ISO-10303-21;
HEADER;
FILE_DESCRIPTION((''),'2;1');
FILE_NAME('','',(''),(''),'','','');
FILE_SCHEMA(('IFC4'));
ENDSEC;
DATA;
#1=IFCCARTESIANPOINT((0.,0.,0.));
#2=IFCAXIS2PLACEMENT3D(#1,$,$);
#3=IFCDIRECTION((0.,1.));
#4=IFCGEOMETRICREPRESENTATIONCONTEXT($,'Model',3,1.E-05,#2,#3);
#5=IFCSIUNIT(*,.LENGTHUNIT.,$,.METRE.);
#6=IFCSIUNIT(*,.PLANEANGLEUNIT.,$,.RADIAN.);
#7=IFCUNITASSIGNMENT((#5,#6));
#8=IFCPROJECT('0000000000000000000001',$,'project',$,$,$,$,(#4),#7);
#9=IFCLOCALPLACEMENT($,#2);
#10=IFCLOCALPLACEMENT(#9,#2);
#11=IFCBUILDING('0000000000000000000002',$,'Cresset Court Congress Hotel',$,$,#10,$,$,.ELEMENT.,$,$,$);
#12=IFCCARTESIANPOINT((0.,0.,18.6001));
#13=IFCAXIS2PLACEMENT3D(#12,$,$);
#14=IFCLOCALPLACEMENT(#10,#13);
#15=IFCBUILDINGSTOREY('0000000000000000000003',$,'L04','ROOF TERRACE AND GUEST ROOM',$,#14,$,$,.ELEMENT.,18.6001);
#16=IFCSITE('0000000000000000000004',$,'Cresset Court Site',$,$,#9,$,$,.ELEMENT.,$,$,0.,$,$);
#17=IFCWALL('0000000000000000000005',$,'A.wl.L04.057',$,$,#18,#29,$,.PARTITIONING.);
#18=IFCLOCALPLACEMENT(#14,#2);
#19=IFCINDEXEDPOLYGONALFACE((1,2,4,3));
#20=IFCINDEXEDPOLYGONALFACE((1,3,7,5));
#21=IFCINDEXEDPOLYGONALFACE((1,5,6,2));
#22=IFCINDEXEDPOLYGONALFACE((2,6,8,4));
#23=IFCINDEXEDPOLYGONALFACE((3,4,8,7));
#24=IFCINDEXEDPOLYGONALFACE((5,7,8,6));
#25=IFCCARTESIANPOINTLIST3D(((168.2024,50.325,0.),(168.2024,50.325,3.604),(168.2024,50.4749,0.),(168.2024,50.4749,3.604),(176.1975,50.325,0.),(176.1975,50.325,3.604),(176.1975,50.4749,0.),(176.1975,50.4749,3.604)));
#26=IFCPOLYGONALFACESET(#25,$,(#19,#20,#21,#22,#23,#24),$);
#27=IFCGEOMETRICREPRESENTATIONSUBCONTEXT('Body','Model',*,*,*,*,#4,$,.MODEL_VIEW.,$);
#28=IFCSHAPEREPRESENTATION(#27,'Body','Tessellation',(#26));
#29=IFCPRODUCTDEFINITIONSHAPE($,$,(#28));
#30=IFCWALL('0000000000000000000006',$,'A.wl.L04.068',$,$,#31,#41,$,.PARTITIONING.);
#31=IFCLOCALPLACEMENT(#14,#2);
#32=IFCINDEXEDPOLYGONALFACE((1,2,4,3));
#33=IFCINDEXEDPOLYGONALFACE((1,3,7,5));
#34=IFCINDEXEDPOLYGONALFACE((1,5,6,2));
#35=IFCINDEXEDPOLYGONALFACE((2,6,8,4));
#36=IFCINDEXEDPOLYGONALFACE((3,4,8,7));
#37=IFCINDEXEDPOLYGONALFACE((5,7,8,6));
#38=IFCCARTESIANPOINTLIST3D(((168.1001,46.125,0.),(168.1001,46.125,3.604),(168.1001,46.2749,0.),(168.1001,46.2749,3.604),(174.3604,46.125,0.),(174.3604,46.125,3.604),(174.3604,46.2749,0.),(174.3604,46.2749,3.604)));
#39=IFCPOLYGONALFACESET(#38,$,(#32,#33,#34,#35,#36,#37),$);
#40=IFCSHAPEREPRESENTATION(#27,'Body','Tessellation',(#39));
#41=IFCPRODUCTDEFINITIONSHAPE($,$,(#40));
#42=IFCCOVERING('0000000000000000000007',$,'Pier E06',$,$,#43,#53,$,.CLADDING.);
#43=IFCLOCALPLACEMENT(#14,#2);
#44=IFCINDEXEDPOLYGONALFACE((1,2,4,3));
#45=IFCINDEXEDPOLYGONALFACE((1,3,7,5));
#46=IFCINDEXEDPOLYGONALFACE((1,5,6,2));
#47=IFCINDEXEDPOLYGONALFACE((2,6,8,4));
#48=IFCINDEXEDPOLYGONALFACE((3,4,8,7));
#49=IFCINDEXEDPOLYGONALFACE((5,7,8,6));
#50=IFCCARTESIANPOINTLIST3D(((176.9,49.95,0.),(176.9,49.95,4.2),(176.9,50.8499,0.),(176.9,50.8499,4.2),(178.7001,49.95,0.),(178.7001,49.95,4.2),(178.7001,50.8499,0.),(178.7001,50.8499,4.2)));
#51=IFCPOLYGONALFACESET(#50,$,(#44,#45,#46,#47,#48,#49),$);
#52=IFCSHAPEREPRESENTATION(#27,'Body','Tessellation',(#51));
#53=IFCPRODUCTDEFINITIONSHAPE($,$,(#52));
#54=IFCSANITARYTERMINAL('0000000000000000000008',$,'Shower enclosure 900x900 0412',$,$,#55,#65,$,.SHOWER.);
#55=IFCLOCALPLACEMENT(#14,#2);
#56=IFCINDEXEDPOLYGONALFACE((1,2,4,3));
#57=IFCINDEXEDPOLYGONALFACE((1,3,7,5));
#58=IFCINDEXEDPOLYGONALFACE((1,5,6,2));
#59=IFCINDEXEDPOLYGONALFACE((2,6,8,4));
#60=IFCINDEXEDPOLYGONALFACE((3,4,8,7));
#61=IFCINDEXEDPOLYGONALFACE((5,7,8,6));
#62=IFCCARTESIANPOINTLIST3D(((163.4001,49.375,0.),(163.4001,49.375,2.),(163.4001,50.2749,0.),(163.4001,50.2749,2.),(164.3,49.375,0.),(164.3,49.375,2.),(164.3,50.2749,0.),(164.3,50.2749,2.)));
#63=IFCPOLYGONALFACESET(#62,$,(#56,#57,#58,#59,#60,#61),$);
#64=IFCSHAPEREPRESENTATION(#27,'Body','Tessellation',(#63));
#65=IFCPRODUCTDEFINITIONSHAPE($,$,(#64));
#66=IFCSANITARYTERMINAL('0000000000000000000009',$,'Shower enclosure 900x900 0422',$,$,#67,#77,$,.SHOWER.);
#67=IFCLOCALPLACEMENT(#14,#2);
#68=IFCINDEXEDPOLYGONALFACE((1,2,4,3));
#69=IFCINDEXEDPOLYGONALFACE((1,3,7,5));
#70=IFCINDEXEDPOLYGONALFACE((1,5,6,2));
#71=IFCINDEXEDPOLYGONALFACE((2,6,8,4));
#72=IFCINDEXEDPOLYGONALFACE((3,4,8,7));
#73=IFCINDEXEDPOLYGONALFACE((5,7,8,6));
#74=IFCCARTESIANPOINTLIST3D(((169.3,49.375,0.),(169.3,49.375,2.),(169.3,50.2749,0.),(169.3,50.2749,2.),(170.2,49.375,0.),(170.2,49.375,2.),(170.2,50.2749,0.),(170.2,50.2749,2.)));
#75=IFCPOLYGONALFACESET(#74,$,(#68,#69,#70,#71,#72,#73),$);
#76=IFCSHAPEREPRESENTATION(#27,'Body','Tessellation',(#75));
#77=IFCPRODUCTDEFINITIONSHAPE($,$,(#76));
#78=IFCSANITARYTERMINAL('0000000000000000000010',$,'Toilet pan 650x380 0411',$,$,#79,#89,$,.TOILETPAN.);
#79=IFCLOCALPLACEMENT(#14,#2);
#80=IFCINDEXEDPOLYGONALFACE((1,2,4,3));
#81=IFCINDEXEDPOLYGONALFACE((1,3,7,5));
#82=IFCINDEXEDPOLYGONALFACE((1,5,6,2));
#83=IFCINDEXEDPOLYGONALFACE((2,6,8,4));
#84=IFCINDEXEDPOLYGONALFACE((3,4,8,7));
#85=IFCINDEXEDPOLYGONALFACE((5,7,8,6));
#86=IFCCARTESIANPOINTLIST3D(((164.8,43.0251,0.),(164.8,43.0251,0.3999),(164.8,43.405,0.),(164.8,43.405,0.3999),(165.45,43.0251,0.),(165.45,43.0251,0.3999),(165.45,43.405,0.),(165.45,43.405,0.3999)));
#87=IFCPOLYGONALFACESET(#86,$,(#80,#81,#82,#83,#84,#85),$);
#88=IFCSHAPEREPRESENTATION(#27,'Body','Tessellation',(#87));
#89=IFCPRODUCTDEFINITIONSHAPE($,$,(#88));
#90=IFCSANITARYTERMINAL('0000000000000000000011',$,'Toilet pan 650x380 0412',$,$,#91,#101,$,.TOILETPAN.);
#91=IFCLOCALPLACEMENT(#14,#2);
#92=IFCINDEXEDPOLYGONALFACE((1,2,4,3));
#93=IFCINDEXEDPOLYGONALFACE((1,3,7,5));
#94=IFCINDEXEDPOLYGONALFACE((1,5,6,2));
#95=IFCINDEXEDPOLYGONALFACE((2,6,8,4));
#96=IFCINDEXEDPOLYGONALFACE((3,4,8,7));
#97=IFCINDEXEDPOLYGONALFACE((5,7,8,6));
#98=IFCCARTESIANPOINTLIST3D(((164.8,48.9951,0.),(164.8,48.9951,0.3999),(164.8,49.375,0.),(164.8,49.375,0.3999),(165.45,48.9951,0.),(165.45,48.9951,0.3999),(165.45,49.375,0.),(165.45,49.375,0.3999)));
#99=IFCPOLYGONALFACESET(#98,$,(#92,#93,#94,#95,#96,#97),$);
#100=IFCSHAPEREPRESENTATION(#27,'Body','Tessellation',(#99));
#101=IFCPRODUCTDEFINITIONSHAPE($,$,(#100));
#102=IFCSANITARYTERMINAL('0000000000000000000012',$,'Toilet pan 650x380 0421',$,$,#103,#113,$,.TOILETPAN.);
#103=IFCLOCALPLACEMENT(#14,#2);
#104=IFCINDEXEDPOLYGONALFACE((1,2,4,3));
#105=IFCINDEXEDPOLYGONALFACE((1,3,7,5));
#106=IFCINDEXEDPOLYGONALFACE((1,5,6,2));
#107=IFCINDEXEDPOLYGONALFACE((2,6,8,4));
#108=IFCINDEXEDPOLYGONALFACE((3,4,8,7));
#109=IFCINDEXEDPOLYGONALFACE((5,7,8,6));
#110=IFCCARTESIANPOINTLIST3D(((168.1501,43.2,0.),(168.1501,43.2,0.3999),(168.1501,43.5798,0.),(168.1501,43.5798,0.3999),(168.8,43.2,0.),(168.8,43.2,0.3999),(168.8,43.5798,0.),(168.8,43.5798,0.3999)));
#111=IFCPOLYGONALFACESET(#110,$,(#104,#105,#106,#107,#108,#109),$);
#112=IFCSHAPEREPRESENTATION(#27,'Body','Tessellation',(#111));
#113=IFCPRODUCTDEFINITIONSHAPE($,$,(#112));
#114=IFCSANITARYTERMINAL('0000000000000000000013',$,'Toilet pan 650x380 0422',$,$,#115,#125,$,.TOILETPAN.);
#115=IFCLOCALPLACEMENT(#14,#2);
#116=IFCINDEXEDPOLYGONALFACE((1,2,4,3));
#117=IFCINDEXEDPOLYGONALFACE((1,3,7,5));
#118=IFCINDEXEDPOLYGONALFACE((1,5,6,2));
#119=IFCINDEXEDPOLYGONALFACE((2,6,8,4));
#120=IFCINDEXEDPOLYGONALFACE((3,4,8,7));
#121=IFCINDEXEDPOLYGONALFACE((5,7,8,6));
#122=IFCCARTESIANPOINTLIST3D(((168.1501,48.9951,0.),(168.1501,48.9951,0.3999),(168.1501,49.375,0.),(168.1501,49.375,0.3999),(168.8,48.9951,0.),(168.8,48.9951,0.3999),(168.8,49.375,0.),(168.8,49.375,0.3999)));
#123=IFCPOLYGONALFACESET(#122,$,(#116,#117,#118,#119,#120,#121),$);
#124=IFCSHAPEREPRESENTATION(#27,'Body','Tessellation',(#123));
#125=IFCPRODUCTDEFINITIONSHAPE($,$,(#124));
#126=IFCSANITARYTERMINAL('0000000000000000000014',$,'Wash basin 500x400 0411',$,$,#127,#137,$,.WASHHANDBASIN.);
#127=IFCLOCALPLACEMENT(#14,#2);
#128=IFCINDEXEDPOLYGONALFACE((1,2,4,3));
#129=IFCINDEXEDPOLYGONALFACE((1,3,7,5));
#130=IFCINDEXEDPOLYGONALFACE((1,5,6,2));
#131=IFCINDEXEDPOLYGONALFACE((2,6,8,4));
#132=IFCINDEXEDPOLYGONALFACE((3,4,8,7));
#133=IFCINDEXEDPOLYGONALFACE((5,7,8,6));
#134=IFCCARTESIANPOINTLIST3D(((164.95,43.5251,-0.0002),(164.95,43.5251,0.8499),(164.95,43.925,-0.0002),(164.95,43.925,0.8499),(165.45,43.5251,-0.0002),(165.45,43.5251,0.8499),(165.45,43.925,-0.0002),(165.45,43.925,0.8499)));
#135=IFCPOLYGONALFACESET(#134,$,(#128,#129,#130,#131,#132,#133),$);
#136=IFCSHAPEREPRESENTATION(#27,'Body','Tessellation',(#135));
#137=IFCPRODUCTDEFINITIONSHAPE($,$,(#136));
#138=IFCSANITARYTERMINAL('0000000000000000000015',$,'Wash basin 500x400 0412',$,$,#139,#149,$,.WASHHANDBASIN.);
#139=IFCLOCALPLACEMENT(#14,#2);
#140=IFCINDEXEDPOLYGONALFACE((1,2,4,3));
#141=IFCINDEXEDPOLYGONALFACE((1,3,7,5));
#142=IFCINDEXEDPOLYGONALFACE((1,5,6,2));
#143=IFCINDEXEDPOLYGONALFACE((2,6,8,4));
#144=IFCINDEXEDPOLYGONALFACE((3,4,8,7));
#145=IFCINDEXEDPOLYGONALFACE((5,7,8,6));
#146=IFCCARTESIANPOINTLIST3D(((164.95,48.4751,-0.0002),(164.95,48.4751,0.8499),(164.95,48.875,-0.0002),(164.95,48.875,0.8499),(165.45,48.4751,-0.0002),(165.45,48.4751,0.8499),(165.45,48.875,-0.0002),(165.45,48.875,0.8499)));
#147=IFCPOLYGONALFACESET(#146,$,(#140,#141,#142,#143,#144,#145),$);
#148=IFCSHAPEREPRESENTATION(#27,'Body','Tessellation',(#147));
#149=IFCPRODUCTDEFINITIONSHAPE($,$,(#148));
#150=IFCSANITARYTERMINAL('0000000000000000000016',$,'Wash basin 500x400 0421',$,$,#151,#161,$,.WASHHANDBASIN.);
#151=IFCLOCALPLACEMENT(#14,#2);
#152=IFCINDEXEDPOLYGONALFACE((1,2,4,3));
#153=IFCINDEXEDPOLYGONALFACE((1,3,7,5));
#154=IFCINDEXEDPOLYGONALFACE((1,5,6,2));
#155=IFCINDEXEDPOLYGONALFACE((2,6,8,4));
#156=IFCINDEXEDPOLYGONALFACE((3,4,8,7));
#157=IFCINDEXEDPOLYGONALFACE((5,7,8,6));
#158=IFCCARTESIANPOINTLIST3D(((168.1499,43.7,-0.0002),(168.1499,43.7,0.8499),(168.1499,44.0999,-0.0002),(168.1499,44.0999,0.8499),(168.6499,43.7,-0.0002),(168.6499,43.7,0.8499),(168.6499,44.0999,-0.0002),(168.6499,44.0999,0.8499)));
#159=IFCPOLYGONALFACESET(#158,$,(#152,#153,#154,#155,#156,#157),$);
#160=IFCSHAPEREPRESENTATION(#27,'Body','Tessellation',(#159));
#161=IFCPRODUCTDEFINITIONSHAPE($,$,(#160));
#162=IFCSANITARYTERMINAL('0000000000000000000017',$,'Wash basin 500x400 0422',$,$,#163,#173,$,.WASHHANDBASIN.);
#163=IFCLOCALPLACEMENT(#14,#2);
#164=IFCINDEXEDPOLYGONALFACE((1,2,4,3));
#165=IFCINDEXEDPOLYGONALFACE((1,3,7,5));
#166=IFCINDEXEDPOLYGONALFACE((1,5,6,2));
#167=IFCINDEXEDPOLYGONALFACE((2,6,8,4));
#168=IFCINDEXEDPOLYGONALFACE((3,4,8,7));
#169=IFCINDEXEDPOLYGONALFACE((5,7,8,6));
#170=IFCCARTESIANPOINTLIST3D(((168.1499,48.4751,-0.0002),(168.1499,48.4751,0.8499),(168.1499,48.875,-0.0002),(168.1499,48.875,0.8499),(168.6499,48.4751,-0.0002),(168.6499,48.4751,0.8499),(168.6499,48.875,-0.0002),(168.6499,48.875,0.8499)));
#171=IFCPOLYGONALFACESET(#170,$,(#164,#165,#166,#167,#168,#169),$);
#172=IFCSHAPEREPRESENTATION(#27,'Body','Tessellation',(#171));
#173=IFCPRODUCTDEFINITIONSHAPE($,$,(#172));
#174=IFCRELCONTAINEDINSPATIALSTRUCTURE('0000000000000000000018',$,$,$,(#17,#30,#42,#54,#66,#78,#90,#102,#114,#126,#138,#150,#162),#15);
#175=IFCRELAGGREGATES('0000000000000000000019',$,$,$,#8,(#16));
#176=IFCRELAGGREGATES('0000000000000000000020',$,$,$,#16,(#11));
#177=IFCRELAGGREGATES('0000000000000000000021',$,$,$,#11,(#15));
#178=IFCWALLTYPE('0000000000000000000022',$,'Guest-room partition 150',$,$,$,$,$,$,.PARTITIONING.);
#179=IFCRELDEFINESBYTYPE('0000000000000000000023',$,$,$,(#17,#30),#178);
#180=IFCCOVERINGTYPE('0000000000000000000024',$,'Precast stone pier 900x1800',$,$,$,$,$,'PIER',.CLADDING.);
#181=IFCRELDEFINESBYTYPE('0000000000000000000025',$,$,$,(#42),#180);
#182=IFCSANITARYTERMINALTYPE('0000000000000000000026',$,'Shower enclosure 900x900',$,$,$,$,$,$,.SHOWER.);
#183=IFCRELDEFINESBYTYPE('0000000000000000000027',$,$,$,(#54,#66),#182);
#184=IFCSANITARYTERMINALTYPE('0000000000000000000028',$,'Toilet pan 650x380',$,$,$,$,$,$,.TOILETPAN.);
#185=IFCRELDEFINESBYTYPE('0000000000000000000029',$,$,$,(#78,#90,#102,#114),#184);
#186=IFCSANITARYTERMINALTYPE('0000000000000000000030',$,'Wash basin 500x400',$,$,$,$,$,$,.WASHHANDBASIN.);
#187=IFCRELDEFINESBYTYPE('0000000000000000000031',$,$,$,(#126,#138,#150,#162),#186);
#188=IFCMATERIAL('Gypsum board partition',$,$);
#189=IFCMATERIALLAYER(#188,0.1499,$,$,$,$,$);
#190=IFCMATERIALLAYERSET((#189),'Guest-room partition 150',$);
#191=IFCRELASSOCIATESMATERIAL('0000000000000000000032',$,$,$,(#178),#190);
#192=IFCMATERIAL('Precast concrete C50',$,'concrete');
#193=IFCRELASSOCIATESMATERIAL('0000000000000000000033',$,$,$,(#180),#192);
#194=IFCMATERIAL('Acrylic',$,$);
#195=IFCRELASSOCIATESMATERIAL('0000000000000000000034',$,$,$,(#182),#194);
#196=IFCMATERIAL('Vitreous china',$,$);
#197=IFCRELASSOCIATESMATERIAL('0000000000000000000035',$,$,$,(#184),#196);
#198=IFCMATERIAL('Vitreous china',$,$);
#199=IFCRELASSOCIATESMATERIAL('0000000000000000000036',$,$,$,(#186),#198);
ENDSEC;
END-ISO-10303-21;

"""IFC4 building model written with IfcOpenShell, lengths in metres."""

from ifc_helpers import new_model, si_unit, direction, frame, frame_2d, origin, origin_2d, place, context, subcontext, project, spatial, rectangle, extrude, material, layer, layer_set, type_object, element, save


model = new_model("IFC4")

# Units and contexts
model_context = context("Model", 3, precision=1e-05, world=origin(), true_north=direction((0.0, 1.0)))
body_context = subcontext(model_context, "Body", "Model", "MODEL_VIEW")
ifc_project = project(units=[si_unit("LENGTHUNIT", "METRE"), si_unit("PLANEANGLEUNIT", "RADIAN")], contexts=[model_context])

# Site, building, storey
site_placement = place(None, origin())
site = spatial("IfcSite", under=ifc_project, at=site_placement, Name="Cresset Court Site", CompositionType="ELEMENT", RefElevation=0.0)
building_placement = place(site_placement, origin())
building = spatial("IfcBuilding", under=site, at=building_placement, Name="Cresset Court Congress Hotel", CompositionType="ELEMENT")
storey_placement = place(building_placement, frame((0.0, 0.0, 18.6001)))
storey = spatial("IfcBuildingStorey", under=building, at=storey_placement, Name="L04", Description="ROOF TERRACE AND GUEST ROOM", CompositionType="ELEMENT", Elevation=18.6001)

# Walls
ifc_material_1 = material(Name="Gypsum board partition")
ifc_layer_1 = layer(ifc_material_1, 0.1499)
ifc_layer_set_1 = layer_set([ifc_layer_1], Name="Guest-room partition 150")
wall_type_1 = type_object("IfcWallType", Name="Guest-room partition 150", PredefinedType="PARTITIONING", material=ifc_layer_set_1)
wall_1_placement = place(storey_placement, frame((168.2024, 50.3999, 0.0), z_axis=(0.0, 0.0, 1.0), x_axis=(1.0, 0.0, 0.0)))
element("IfcWall", 1, at=wall_1_placement, inside=storey, type_object=wall_type_1, Name="A.wl.L04.057", PredefinedType="PARTITIONING", context=body_context, shape_type="SweptSolid", body=[
    extrude(rectangle(XDim=7.9951, YDim=0.1499, at=frame_2d((3.9976, 0.0))), origin(), (0.0, 0.0, 1.0), 3.604),
])
wall_2_placement = place(storey_placement, frame((168.1001, 46.2, 0.0), z_axis=(0.0, 0.0, 1.0), x_axis=(1.0, 0.0, 0.0)))
element("IfcWall", 2, at=wall_2_placement, inside=storey, type_object=wall_type_1, Name="A.wl.L04.068", PredefinedType="PARTITIONING", context=body_context, shape_type="SweptSolid", body=[
    extrude(rectangle(XDim=6.2603, YDim=0.1499, at=frame_2d((3.1301, 0.0))), origin(), (0.0, 0.0, 1.0), 3.604),
])

# Covering
ifc_material_2 = material(Name="Precast concrete C50", Category="concrete")
covering_type = type_object("IfcCoveringType", Name="Precast stone pier 900x1800", ElementType="PIER", PredefinedType="CLADDING", material=ifc_material_2)
covering_placement = place(storey_placement, frame((177.8, 50.3999, 0.0), z_axis=(0.0, 0.0, 1.0), x_axis=(1.0, 0.0, 0.0)))
element("IfcCovering", 3, at=covering_placement, inside=storey, type_object=covering_type, Name="Pier E06", PredefinedType="CLADDING", context=body_context, shape_type="SweptSolid", body=[
    extrude(rectangle(XDim=1.8, YDim=0.8999, at=origin_2d()), origin(), (0.0, 0.0, 1.0), 4.2),
])

# Sanitary terminals
ifc_material_3 = material(Name="Acrylic")
sanitary_terminal_type_1 = type_object("IfcSanitaryTerminalType", Name="Shower enclosure 900x900", PredefinedType="SHOWER", material=ifc_material_3)
for number, where, z_axis, x_axis, name in (
    (4, (163.8501, 49.825, 0.0), (0.0, 0.0, 1.0), (1.0, 0.0, 0.0), "Shower enclosure 900x900 0412"),
    (5, (169.75, 49.825, 0.0), (0.0, 0.0, 1.0), (1.0, 0.0, 0.0), "Shower enclosure 900x900 0422"),
):
    element("IfcSanitaryTerminal", number, at=place(storey_placement, frame(where, z_axis=z_axis, x_axis=x_axis)), inside=storey, type_object=sanitary_terminal_type_1, Name=name, PredefinedType="SHOWER", context=body_context, shape_type="SweptSolid", body=[
        extrude(rectangle(XDim=0.8999, YDim=0.8999, at=origin_2d()), origin(), (0.0, 0.0, 1.0), 2.0),
    ])
ifc_material_4 = material(Name="Vitreous china")
sanitary_terminal_type_2 = type_object("IfcSanitaryTerminalType", Name="Toilet pan 650x380", PredefinedType="TOILETPAN", material=ifc_material_4)
for number, where, z_axis, x_axis, name in (
    (6, (165.125, 43.2151, 0.0), (0.0, 0.0, 1.0), (1.0, 0.0, 0.0), "Toilet pan 650x380 0411"),
    (7, (165.125, 49.1851, 0.0), (0.0, 0.0, 1.0), (1.0, 0.0, 0.0), "Toilet pan 650x380 0412"),
    (8, (168.4751, 43.3899, 0.0), (0.0, 0.0, 1.0), (1.0, 0.0, 0.0), "Toilet pan 650x380 0421"),
    (9, (168.4751, 49.1851, 0.0), (0.0, 0.0, 1.0), (1.0, 0.0, 0.0), "Toilet pan 650x380 0422"),
):
    element("IfcSanitaryTerminal", number, at=place(storey_placement, frame(where, z_axis=z_axis, x_axis=x_axis)), inside=storey, type_object=sanitary_terminal_type_2, Name=name, PredefinedType="TOILETPAN", context=body_context, shape_type="SweptSolid", body=[
        extrude(rectangle(XDim=0.6499, YDim=0.3799, at=origin_2d()), origin(), (0.0, 0.0, 1.0), 0.3999),
    ])
ifc_material_5 = material(Name="Vitreous china")
sanitary_terminal_type_3 = type_object("IfcSanitaryTerminalType", Name="Wash basin 500x400", PredefinedType="WASHHANDBASIN", material=ifc_material_5)
for number, where, z_axis, x_axis, name in (
    (10, (165.2, 43.7251, -0.0002), (0.0, 0.0, 1.0), (1.0, 0.0, 0.0), "Wash basin 500x400 0411"),
    (11, (165.2, 48.675, -0.0002), (0.0, 0.0, 1.0), (1.0, 0.0, 0.0), "Wash basin 500x400 0412"),
    (12, (168.3999, 43.8999, -0.0002), (0.0, 0.0, 1.0), (1.0, 0.0, 0.0), "Wash basin 500x400 0421"),
    (13, (168.3999, 48.675, -0.0002), (0.0, 0.0, 1.0), (1.0, 0.0, 0.0), "Wash basin 500x400 0422"),
):
    element("IfcSanitaryTerminal", number, at=place(storey_placement, frame(where, z_axis=z_axis, x_axis=x_axis)), inside=storey, type_object=sanitary_terminal_type_3, Name=name, PredefinedType="WASHHANDBASIN", context=body_context, shape_type="SweptSolid", body=[
        extrude(rectangle(XDim=0.5, YDim=0.3999, at=origin_2d()), origin(), (0.0, 0.0, 1.0), 0.8501),
    ])

save(model, "model.ifc")
